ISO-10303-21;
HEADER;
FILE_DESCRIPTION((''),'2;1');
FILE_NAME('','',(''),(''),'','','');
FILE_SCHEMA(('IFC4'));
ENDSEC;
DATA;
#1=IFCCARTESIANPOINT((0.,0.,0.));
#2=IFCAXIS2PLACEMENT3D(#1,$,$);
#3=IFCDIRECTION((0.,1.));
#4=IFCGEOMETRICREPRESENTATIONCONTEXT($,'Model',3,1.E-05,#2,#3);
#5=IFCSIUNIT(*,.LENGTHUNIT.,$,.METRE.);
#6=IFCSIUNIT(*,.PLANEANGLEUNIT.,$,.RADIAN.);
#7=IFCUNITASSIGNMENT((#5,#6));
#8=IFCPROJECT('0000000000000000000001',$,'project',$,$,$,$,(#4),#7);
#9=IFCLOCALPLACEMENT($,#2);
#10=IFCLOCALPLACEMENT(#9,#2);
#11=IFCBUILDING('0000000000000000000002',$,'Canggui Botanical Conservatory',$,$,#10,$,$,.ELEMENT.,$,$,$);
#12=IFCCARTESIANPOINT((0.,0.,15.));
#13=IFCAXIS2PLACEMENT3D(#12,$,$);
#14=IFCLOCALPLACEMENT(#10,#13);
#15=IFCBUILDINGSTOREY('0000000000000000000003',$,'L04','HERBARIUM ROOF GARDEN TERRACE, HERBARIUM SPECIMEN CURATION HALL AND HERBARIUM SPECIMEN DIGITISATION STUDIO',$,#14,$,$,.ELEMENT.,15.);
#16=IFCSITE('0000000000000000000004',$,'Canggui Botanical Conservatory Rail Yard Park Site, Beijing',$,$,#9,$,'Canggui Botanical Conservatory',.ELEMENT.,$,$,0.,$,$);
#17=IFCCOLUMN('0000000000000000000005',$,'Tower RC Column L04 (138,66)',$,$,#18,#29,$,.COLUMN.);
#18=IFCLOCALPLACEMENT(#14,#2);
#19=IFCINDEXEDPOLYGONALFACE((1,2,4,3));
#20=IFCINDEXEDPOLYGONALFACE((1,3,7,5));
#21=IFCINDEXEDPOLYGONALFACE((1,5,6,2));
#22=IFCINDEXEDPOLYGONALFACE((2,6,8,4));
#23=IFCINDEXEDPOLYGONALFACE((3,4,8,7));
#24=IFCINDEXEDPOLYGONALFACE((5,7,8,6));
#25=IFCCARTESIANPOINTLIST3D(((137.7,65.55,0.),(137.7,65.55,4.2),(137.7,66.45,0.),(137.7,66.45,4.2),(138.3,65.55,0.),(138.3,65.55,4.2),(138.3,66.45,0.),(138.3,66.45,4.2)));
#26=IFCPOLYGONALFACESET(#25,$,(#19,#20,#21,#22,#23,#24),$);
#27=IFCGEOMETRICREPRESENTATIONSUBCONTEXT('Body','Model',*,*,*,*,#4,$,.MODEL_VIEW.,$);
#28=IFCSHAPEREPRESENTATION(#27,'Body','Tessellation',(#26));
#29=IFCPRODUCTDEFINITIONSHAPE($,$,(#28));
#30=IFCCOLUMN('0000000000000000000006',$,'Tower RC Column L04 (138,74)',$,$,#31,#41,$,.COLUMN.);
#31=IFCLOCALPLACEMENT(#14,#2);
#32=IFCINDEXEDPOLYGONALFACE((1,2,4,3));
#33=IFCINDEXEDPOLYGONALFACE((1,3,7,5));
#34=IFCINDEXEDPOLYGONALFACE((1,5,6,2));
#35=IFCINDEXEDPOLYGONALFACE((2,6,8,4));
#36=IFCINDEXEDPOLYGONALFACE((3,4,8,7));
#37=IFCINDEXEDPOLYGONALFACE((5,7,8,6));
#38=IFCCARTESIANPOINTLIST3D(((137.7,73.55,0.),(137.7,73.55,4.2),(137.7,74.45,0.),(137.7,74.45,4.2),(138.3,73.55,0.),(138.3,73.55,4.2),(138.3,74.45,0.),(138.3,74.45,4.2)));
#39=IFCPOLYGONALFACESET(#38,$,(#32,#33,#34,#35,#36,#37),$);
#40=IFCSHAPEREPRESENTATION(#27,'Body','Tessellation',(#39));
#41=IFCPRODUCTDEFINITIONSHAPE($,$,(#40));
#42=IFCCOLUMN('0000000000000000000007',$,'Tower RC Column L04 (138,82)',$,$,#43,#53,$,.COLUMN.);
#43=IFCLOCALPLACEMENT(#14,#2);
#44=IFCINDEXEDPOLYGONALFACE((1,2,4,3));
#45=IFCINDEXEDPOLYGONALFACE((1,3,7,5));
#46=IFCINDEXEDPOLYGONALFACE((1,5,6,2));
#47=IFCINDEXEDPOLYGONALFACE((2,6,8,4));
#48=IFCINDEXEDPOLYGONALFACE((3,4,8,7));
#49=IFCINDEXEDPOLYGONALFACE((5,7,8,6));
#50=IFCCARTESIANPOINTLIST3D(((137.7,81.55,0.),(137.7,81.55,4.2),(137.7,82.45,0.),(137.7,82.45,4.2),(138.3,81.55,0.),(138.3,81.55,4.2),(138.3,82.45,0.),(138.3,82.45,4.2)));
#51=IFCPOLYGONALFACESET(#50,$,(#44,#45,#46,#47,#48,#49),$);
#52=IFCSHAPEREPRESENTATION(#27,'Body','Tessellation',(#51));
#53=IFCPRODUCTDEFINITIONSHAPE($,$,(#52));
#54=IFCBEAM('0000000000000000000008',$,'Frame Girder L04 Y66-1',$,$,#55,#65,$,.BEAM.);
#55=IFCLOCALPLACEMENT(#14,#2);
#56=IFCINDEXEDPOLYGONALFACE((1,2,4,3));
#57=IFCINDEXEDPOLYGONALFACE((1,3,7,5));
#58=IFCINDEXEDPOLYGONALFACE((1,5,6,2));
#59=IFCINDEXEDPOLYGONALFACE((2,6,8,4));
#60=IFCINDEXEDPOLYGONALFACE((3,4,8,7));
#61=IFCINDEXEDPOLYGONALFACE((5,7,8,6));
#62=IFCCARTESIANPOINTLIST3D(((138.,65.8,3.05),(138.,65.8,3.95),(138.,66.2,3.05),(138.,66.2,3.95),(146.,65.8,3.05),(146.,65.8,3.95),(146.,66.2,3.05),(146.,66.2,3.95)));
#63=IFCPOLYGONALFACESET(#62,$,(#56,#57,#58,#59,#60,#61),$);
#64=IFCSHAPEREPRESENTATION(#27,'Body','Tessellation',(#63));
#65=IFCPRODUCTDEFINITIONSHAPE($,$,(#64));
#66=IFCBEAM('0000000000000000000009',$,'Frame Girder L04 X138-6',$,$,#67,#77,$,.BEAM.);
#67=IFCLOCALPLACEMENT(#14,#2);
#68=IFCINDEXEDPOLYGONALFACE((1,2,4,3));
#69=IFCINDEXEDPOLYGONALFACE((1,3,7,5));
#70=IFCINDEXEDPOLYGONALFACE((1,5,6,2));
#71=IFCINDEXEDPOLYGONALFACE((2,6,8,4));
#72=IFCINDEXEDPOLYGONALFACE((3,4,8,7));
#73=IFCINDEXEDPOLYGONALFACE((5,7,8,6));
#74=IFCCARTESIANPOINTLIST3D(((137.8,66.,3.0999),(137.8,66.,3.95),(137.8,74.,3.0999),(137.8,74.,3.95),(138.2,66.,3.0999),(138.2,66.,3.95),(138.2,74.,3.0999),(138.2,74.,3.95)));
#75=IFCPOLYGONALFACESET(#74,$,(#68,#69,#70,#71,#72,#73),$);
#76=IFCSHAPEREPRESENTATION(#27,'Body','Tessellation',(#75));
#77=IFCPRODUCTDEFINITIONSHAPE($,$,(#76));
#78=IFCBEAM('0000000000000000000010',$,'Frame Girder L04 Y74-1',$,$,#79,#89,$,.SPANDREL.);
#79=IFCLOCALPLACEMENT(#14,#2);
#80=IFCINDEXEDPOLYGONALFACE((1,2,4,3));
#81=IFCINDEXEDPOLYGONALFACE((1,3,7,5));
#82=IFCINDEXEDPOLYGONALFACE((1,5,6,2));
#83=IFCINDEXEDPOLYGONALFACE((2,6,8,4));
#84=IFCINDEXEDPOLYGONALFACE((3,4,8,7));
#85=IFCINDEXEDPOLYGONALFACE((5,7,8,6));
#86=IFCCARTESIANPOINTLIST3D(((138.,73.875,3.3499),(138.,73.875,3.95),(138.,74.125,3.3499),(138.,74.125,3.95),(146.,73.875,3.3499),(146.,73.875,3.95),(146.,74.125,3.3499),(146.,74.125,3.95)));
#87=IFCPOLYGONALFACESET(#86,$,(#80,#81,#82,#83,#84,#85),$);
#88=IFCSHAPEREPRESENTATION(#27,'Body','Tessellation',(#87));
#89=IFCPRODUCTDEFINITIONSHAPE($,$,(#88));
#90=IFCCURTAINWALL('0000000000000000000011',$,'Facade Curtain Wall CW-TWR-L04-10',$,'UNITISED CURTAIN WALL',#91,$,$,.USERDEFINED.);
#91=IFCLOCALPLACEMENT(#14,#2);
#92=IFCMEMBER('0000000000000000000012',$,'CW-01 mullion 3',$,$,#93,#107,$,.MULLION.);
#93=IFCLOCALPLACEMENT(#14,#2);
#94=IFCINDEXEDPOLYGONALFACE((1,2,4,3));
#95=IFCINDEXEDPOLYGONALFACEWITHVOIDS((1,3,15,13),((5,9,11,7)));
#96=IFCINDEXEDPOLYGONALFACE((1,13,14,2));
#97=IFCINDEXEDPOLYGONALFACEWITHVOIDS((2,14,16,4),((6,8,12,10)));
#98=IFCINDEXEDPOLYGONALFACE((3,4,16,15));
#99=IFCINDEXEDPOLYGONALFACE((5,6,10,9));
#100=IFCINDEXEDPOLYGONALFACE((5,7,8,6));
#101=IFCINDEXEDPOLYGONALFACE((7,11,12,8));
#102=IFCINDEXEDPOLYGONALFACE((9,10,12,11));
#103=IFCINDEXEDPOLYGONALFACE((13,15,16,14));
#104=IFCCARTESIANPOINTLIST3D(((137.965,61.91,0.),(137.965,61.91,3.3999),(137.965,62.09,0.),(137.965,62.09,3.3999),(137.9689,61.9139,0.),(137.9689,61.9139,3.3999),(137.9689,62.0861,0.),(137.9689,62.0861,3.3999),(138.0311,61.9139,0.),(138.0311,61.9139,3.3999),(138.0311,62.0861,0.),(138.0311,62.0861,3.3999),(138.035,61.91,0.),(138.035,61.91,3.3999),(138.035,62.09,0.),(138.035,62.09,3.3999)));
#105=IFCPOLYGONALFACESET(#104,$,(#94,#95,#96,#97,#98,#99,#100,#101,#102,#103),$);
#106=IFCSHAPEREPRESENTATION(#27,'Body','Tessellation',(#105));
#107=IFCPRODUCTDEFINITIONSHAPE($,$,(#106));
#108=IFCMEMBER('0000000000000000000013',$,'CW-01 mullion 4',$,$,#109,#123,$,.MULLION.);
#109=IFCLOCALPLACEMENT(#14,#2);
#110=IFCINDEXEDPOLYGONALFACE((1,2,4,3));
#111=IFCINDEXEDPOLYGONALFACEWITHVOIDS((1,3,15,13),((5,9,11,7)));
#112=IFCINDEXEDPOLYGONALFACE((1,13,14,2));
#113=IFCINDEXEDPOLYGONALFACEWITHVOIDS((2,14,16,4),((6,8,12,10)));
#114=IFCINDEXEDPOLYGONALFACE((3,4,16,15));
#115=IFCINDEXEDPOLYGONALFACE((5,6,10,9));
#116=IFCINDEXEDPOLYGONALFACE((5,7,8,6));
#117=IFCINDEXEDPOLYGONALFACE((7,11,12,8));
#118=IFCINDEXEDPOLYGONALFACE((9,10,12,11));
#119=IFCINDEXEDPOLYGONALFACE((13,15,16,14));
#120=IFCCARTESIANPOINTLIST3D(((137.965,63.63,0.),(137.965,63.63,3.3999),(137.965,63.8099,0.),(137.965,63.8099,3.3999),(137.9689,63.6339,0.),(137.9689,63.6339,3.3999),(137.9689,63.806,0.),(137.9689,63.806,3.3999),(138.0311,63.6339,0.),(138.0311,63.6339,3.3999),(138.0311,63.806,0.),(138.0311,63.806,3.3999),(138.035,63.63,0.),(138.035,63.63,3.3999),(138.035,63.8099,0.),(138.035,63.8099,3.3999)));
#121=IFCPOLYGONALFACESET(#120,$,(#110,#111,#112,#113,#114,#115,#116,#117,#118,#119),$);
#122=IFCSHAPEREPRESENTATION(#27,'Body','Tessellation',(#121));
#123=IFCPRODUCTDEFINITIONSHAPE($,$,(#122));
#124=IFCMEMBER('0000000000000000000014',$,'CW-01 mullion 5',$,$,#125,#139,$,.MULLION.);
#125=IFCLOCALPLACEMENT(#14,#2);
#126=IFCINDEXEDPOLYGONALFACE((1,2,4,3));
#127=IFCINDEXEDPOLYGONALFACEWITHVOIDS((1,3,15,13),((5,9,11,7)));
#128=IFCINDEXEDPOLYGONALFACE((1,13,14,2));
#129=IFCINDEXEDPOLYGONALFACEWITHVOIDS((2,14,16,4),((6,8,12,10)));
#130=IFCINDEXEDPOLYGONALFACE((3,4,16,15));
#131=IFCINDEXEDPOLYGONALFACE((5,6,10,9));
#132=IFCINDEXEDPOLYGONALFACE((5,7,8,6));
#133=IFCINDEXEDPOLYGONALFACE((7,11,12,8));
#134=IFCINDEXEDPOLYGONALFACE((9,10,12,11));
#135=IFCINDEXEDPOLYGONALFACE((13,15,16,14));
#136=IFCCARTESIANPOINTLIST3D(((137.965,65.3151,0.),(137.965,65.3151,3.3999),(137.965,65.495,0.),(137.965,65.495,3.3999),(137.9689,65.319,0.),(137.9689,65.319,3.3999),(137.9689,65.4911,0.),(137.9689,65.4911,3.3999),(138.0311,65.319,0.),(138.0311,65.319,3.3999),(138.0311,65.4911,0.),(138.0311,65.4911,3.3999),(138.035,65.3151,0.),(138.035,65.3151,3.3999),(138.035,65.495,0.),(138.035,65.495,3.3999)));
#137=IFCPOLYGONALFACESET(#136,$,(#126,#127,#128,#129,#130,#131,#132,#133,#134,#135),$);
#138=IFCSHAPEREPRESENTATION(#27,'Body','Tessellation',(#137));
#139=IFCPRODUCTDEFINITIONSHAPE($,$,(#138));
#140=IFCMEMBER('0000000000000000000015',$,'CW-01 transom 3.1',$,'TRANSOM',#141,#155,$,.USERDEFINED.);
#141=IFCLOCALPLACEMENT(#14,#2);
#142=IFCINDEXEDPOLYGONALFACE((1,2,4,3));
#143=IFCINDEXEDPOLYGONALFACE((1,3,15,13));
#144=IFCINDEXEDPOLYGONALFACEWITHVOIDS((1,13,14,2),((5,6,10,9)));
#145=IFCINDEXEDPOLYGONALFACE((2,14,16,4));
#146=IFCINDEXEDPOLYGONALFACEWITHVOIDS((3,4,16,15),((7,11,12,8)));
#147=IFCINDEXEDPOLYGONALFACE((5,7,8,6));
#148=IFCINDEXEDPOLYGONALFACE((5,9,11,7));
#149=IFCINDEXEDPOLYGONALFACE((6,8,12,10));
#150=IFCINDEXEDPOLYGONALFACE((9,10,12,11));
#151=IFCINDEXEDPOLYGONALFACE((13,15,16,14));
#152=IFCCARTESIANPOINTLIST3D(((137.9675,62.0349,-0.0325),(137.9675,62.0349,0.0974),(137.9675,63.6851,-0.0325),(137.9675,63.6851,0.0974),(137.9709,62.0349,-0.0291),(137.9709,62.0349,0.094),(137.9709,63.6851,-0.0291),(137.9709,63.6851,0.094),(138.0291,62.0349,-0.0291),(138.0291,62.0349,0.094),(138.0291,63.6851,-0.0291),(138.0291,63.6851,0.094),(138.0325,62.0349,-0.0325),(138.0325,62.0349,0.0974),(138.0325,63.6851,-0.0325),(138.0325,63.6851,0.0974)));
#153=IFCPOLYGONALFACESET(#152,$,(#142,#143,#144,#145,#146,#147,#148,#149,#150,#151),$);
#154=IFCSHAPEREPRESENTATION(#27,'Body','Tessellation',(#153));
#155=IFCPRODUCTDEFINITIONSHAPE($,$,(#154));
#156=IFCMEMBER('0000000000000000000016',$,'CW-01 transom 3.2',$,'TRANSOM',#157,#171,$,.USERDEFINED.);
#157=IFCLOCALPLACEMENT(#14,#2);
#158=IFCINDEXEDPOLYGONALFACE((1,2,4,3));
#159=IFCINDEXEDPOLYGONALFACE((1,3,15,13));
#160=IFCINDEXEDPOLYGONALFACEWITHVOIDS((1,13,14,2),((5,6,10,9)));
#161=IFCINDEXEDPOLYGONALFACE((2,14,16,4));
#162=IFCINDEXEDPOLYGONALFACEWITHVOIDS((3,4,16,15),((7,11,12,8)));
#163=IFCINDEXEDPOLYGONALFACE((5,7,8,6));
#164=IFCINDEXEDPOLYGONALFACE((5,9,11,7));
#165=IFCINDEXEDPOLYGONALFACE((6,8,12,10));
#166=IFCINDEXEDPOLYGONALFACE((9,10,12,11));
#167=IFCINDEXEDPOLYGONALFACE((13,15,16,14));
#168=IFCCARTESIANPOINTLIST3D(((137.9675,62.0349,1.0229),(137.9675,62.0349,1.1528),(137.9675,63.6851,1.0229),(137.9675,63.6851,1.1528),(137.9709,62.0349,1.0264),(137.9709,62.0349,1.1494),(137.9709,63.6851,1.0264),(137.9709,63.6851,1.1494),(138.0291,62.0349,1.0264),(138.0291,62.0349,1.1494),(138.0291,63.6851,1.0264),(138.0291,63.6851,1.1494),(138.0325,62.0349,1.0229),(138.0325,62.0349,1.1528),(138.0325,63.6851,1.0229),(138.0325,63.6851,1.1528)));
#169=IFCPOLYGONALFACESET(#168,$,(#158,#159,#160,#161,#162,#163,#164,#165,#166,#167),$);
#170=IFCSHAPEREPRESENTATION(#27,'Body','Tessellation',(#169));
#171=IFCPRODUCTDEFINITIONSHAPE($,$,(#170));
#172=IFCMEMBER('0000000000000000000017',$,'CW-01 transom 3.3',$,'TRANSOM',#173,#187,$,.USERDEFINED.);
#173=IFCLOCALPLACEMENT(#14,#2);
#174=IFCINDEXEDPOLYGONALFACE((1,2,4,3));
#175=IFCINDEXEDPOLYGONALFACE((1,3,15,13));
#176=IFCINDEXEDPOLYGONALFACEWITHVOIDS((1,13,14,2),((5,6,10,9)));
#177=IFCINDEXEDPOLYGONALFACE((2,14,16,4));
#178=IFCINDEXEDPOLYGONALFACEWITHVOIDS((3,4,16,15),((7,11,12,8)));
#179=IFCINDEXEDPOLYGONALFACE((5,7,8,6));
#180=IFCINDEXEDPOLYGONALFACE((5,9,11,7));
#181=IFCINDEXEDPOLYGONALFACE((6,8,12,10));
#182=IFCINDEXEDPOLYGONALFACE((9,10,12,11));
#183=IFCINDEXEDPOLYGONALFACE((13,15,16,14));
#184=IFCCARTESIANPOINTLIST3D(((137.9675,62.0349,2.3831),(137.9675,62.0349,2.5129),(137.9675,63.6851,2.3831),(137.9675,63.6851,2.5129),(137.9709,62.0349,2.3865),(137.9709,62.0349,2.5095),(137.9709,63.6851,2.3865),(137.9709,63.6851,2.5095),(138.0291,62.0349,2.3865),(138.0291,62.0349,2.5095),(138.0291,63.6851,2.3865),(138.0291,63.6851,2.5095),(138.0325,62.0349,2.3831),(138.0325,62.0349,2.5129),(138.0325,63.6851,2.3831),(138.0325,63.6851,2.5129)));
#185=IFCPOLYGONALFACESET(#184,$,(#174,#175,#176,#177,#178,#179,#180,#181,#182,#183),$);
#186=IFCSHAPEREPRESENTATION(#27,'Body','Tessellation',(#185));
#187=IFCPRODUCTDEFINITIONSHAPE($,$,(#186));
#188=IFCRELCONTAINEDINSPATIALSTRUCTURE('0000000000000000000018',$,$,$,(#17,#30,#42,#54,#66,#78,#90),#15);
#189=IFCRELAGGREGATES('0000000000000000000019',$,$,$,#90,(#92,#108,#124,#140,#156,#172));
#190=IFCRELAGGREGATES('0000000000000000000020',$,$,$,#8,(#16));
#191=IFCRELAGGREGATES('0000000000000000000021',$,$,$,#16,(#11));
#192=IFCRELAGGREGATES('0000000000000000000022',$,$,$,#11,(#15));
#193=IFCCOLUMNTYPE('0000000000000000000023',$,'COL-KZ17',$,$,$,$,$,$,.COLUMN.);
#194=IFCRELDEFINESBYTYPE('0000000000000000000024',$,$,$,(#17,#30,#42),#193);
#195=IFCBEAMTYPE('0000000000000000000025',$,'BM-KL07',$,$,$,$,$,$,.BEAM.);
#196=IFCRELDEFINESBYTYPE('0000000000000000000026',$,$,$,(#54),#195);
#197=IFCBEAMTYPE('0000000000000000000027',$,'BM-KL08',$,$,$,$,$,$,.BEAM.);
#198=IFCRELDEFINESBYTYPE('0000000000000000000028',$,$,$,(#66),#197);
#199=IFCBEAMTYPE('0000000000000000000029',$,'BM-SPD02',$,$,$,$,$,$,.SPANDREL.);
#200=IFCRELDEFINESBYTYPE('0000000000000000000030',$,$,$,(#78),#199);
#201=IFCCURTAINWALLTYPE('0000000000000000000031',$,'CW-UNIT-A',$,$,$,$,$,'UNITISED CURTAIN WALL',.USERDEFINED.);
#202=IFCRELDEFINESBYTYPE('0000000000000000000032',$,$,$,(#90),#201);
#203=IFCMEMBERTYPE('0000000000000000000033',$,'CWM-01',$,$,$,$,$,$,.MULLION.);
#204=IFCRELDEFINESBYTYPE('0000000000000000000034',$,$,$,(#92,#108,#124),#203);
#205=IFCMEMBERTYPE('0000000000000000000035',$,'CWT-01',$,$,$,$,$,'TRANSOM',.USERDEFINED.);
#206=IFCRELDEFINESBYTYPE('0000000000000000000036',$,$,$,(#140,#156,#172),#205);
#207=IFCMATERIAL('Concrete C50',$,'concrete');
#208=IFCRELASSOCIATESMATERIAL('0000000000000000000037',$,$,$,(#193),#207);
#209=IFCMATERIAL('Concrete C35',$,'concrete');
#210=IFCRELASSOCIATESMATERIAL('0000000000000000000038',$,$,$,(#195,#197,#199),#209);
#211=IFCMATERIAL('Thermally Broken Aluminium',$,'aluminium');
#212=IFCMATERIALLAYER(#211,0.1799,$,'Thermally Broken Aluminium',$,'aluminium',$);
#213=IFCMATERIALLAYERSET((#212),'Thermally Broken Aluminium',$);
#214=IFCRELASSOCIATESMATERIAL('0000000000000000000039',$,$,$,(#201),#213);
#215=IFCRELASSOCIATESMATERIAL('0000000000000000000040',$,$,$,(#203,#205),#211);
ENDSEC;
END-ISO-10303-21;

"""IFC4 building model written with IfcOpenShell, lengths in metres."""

from ifc_helpers import new_model, si_unit, direction, frame, origin, origin_2d, place, context, subcontext, project, spatial, rectangle, hollow_rectangle, extrude, material, layer, layer_set, material_profile, profile_set, type_object, element, aggregate, save


model = new_model("IFC4")

# Units and contexts
model_context = context("Model", 3, precision=1e-05, world=origin(), true_north=direction((0.0, 1.0)))
body_context = subcontext(model_context, "Body", "Model", "MODEL_VIEW")
ifc_project = project(units=[si_unit("LENGTHUNIT", "METRE"), si_unit("PLANEANGLEUNIT", "RADIAN")], contexts=[model_context])

# Site, building, storey
site_placement = place(None, origin())
site = spatial("IfcSite", under=ifc_project, at=site_placement, Name="Canggui Botanical Conservatory Rail Yard Park Site, Beijing", LongName="Canggui Botanical Conservatory", CompositionType="ELEMENT", RefElevation=0.0)
building_placement = place(site_placement, origin())
building = spatial("IfcBuilding", under=site, at=building_placement, Name="Canggui Botanical Conservatory", CompositionType="ELEMENT")
storey_placement = place(building_placement, frame((0.0, 0.0, 15.0)))
storey = spatial("IfcBuildingStorey", under=building, at=storey_placement, Name="L04", Description="HERBARIUM ROOF GARDEN TERRACE, HERBARIUM SPECIMEN CURATION HALL AND HERBARIUM SPECIMEN DIGITISATION STUDIO", CompositionType="ELEMENT", Elevation=15.0)

# Columns
ifc_material_1 = material(Name="Concrete C50", Category="concrete")
ifc_material_profile_1 = material_profile(ifc_material_1, rectangle(XDim=0.6001, YDim=0.8999, at=origin_2d()), Name="RC 600x900")
ifc_profile_set_1 = profile_set([ifc_material_profile_1], Name="Concrete C50")
column_type = type_object("IfcColumnType", Name="COL-KZ17", PredefinedType="COLUMN", material=ifc_profile_set_1)
for number, where, z_axis, x_axis, name in (
    (1, (138.0, 66.0, 0.0), (0.0, 0.0, 1.0), (1.0, 0.0, 0.0), "Tower RC Column L04 (138,66)"),
    (2, (138.0, 74.0, 0.0), (0.0, 0.0, 1.0), (1.0, 0.0, 0.0), "Tower RC Column L04 (138,74)"),
    (3, (138.0, 82.0, 0.0), (0.0, 0.0, 1.0), (1.0, 0.0, 0.0), "Tower RC Column L04 (138,82)"),
):
    element("IfcColumn", number, at=place(storey_placement, frame(where, z_axis=z_axis, x_axis=x_axis)), inside=storey, type_object=column_type, Name=name, PredefinedType="COLUMN", context=body_context, shape_type="SweptSolid", body=[
        extrude(rectangle(XDim=0.6001, YDim=0.8999, at=origin_2d()), origin(), (0.0, 0.0, 1.0), 4.2),
    ])

# Beams
ifc_material_2 = material(Name="Concrete C35", Category="concrete")
ifc_material_profile_2 = material_profile(ifc_material_2, rectangle(XDim=0.3999, YDim=0.8999, at=origin_2d()), Name="RB 400x900")
ifc_profile_set_2 = profile_set([ifc_material_profile_2], Name="Concrete C35")
beam_type_1 = type_object("IfcBeamType", Name="BM-KL07", PredefinedType="BEAM", material=ifc_profile_set_2)
beam_1_placement = place(storey_placement, frame((138.0, 66.0, 3.5), z_axis=(1.0, 0.0, 0.0), x_axis=(0.0, 1.0, 0.0)))
element("IfcBeam", 4, at=beam_1_placement, inside=storey, type_object=beam_type_1, Name="Frame Girder L04 Y66-1", PredefinedType="BEAM", context=body_context, shape_type="SweptSolid", body=[
    extrude(rectangle(XDim=0.3999, YDim=0.8999, at=origin_2d()), origin(), (0.0, 0.0, 1.0), 8.0),
])
ifc_material_profile_3 = material_profile(ifc_material_2, rectangle(XDim=0.3999, YDim=0.8501, at=origin_2d()), Name="RB 400x850")
ifc_profile_set_3 = profile_set([ifc_material_profile_3], Name="Concrete C35")
beam_type_2 = type_object("IfcBeamType", Name="BM-KL08", PredefinedType="BEAM", material=ifc_profile_set_3)
beam_2_placement = place(storey_placement, frame((138.0, 66.0, 3.5249), z_axis=(0.0, 1.0, 0.0), x_axis=(-1.0, 0.0, 0.0)))
element("IfcBeam", 5, at=beam_2_placement, inside=storey, type_object=beam_type_2, Name="Frame Girder L04 X138-6", PredefinedType="BEAM", context=body_context, shape_type="SweptSolid", body=[
    extrude(rectangle(XDim=0.3999, YDim=0.8501, at=origin_2d()), origin(), (0.0, 0.0, 1.0), 8.0),
])
ifc_material_profile_4 = material_profile(ifc_material_2, rectangle(XDim=0.25, YDim=0.6001, at=origin_2d()), Name="RB 250x600")
ifc_profile_set_4 = profile_set([ifc_material_profile_4], Name="Concrete C35")
beam_type_3 = type_object("IfcBeamType", Name="BM-SPD02", PredefinedType="SPANDREL", material=ifc_profile_set_4)
beam_3_placement = place(storey_placement, frame((138.0, 74.0, 3.6499), z_axis=(1.0, 0.0, 0.0), x_axis=(0.0, 1.0, 0.0)))
element("IfcBeam", 6, at=beam_3_placement, inside=storey, type_object=beam_type_3, Name="Frame Girder L04 Y74-1", PredefinedType="SPANDREL", context=body_context, shape_type="SweptSolid", body=[
    extrude(rectangle(XDim=0.25, YDim=0.6001, at=origin_2d()), origin(), (0.0, 0.0, 1.0), 8.0),
])

# Curtain wall, members
ifc_material_3 = material(Name="Thermally Broken Aluminium", Category="aluminium")
ifc_layer_1 = layer(ifc_material_3, 0.1799, Name="Thermally Broken Aluminium", Category="aluminium")
ifc_layer_set_1 = layer_set([ifc_layer_1], Name="Thermally Broken Aluminium")
curtain_wall_type = type_object("IfcCurtainWallType", Name="CW-UNIT-A", ElementType="UNITISED CURTAIN WALL", PredefinedType="USERDEFINED", material=ifc_layer_set_1)
curtain_wall_placement = place(storey_placement, origin())
curtain_wall = element("IfcCurtainWall", 7, at=curtain_wall_placement, inside=storey, type_object=curtain_wall_type, Name="Facade Curtain Wall CW-TWR-L04-10", ObjectType="UNITISED CURTAIN WALL", PredefinedType="USERDEFINED")
ifc_material_profile_5 = material_profile(ifc_material_3, hollow_rectangle(XDim=0.0701, YDim=0.1799, WallThickness=0.0039, at=origin_2d()), Name="CWM 70x180x4")
ifc_profile_set_5 = profile_set([ifc_material_profile_5], Name="Thermally Broken Aluminium")
member_type_1 = type_object("IfcMemberType", Name="CWM-01", PredefinedType="MULLION", material=ifc_profile_set_5)
member_1_placement = place(storey_placement, frame((138.0, 62.0, 0.0), z_axis=(0.0, 0.0, 1.0), x_axis=(-1.0, 0.0, 0.0)))
member_1 = element("IfcMember", 8, at=member_1_placement, type_object=member_type_1, Name="CW-01 mullion 3", PredefinedType="MULLION", context=body_context, shape_type="SweptSolid", body=[
    extrude(hollow_rectangle(XDim=0.0701, YDim=0.1799, WallThickness=0.0039, at=origin_2d()), origin(), (0.0, 0.0, 1.0), 3.3999),
])
member_2_placement = place(storey_placement, frame((138.0, 63.72, 0.0), z_axis=(0.0, 0.0, 1.0), x_axis=(-1.0, 0.0, 0.0)))
member_2 = element("IfcMember", 9, at=member_2_placement, type_object=member_type_1, Name="CW-01 mullion 4", PredefinedType="MULLION", context=body_context, shape_type="SweptSolid", body=[
    extrude(hollow_rectangle(XDim=0.0701, YDim=0.1799, WallThickness=0.0039, at=origin_2d()), origin(), (0.0, 0.0, 1.0), 3.3999),
])
member_3_placement = place(storey_placement, frame((138.0, 65.405, 0.0), z_axis=(0.0, 0.0, 1.0), x_axis=(-1.0, 0.0, 0.0)))
member_3 = element("IfcMember", 10, at=member_3_placement, type_object=member_type_1, Name="CW-01 mullion 5", PredefinedType="MULLION", context=body_context, shape_type="SweptSolid", body=[
    extrude(hollow_rectangle(XDim=0.0701, YDim=0.1799, WallThickness=0.0039, at=origin_2d()), origin(), (0.0, 0.0, 1.0), 3.3999),
])
ifc_material_profile_6 = material_profile(ifc_material_3, hollow_rectangle(XDim=0.0649, YDim=0.1299, WallThickness=0.0034, at=origin_2d()), Name="CWT 65x130x3.5")
ifc_profile_set_6 = profile_set([ifc_material_profile_6], Name="Thermally Broken Aluminium")
member_type_2 = type_object("IfcMemberType", Name="CWT-01", ElementType="TRANSOM", PredefinedType="USERDEFINED", material=ifc_profile_set_6)
member_4_placement = place(storey_placement, frame((138.0, 62.0349, 0.0325), z_axis=(0.0, 1.0, 0.0), x_axis=(-1.0, 0.0, 0.0)))
member_4 = element("IfcMember", 11, at=member_4_placement, type_object=member_type_2, Name="CW-01 transom 3.1", ObjectType="TRANSOM", PredefinedType="USERDEFINED", context=body_context, shape_type="SweptSolid", body=[
    extrude(hollow_rectangle(XDim=0.0649, YDim=0.1299, WallThickness=0.0034, at=origin_2d()), origin(), (0.0, 0.0, 1.0), 1.6501),
])
member_5_placement = place(storey_placement, frame((138.0, 62.0349, 1.0879), z_axis=(0.0, 1.0, 0.0), x_axis=(-1.0, 0.0, 0.0)))
member_5 = element("IfcMember", 12, at=member_5_placement, type_object=member_type_2, Name="CW-01 transom 3.2", ObjectType="TRANSOM", PredefinedType="USERDEFINED", context=body_context, shape_type="SweptSolid", body=[
    extrude(hollow_rectangle(XDim=0.0649, YDim=0.1299, WallThickness=0.0034, at=origin_2d()), origin(), (0.0, 0.0, 1.0), 1.6501),
])
member_6_placement = place(storey_placement, frame((138.0, 62.0349, 2.448), z_axis=(0.0, 1.0, 0.0), x_axis=(-1.0, 0.0, 0.0)))
member_6 = element("IfcMember", 13, at=member_6_placement, type_object=member_type_2, Name="CW-01 transom 3.3", ObjectType="TRANSOM", PredefinedType="USERDEFINED", context=body_context, shape_type="SweptSolid", body=[
    extrude(hollow_rectangle(XDim=0.0649, YDim=0.1299, WallThickness=0.0034, at=origin_2d()), origin(), (0.0, 0.0, 1.0), 1.6501),
])
aggregate(curtain_wall, [member_1, member_2, member_3, member_4, member_5, member_6])

save(model, "model.ifc")
